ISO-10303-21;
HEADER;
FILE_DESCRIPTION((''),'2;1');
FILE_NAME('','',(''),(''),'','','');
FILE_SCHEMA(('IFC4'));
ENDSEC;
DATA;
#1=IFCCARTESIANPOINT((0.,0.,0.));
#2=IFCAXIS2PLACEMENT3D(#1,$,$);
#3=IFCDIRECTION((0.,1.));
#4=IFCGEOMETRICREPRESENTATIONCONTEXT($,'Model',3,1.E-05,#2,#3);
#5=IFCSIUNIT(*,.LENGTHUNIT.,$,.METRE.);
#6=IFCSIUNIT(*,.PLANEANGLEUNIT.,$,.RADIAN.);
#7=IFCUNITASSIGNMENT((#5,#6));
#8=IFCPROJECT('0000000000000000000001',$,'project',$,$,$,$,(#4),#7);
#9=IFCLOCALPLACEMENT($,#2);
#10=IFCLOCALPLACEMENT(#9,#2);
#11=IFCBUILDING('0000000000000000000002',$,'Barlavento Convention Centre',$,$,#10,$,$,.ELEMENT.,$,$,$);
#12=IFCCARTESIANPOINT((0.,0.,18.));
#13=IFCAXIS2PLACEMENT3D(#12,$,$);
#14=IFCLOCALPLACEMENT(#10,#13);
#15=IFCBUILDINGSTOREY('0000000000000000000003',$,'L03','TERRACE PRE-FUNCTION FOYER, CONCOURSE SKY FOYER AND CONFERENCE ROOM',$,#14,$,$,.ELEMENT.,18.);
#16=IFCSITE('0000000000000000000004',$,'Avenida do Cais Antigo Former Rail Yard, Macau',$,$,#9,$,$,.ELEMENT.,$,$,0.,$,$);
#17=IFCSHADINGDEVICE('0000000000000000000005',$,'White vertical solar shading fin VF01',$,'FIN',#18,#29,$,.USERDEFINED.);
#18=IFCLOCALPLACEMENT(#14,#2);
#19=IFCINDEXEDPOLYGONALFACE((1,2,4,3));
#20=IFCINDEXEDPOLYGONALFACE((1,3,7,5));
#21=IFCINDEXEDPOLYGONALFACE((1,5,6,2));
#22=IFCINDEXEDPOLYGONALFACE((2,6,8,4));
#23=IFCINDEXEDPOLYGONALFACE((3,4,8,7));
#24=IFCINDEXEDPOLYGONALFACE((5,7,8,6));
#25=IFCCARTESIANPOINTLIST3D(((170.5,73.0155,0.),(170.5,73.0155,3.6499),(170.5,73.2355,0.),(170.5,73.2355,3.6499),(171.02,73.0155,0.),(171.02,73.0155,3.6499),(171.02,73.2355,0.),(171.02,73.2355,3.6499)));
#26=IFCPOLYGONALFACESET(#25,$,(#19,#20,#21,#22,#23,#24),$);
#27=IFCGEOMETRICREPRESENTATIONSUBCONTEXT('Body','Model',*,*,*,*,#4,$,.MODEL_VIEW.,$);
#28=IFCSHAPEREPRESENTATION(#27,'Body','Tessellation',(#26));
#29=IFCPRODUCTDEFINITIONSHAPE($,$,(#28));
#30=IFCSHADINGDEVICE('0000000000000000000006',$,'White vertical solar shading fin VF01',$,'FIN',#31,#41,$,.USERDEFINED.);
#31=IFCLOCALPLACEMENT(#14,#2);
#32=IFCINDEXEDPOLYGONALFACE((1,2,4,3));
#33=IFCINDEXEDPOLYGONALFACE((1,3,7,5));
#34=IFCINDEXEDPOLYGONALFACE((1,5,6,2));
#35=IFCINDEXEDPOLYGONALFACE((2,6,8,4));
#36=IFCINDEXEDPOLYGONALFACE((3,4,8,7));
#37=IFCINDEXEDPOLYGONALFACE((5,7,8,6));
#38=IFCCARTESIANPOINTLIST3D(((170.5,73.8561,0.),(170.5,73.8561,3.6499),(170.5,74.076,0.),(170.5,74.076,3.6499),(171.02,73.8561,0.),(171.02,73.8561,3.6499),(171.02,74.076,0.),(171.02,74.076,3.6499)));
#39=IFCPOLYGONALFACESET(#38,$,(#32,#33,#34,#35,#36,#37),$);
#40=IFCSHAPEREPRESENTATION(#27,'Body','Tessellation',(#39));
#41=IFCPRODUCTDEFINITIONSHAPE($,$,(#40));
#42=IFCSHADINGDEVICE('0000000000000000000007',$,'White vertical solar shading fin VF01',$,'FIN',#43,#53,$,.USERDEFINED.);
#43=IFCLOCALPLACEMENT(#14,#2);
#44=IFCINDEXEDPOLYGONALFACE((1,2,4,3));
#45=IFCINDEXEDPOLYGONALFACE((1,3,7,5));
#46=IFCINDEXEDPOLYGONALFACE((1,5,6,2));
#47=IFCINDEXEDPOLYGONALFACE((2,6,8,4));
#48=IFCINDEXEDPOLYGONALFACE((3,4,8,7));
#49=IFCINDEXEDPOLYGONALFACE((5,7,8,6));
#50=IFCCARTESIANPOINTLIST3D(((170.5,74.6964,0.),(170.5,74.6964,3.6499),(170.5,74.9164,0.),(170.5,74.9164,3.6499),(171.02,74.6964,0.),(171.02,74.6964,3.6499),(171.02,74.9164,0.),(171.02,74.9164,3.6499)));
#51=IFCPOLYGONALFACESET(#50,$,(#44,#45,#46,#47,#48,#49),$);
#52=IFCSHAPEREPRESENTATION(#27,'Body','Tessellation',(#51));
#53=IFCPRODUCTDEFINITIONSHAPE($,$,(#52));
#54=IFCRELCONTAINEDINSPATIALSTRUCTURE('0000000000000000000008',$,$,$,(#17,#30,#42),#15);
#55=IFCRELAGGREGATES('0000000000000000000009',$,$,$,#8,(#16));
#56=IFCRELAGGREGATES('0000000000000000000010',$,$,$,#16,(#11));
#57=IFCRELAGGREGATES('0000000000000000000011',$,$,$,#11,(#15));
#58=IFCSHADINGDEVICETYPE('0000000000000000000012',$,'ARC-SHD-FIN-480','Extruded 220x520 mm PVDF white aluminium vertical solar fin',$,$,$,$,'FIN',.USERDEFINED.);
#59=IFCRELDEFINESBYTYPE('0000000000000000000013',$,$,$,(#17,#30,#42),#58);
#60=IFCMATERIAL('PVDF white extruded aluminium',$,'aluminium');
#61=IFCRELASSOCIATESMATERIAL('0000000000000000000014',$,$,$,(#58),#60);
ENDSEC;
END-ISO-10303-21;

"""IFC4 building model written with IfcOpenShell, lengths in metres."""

from ifc_helpers import new_model, si_unit, direction, frame, origin, origin_2d, place, context, subcontext, project, spatial, rectangle, extrude, material, type_object, element, save


model = new_model("IFC4")

# Units and contexts
model_context = context("Model", 3, precision=1e-05, world=origin(), true_north=direction((0.0, 1.0)))
body_context = subcontext(model_context, "Body", "Model", "MODEL_VIEW")
ifc_project = project(units=[si_unit("LENGTHUNIT", "METRE"), si_unit("PLANEANGLEUNIT", "RADIAN")], contexts=[model_context])

# Site, building, storey
site_placement = place(None, origin())
site = spatial("IfcSite", under=ifc_project, at=site_placement, Name="Avenida do Cais Antigo Former Rail Yard, Macau", CompositionType="ELEMENT", RefElevation=0.0)
building_placement = place(site_placement, origin())
building = spatial("IfcBuilding", under=site, at=building_placement, Name="Barlavento Convention Centre", CompositionType="ELEMENT")
storey_placement = place(building_placement, frame((0.0, 0.0, 18.0)))
storey = spatial("IfcBuildingStorey", under=building, at=storey_placement, Name="L03", Description="TERRACE PRE-FUNCTION FOYER, CONCOURSE SKY FOYER AND CONFERENCE ROOM", CompositionType="ELEMENT", Elevation=18.0)

# Shading devices
ifc_material_1 = material(Name="PVDF white extruded aluminium", Category="aluminium")
shading_device_type = type_object("IfcShadingDeviceType", Name="ARC-SHD-FIN-480", Description="Extruded 220x520 mm PVDF white aluminium vertical solar fin", ElementType="FIN", PredefinedType="USERDEFINED", material=ifc_material_1)
for number, where, z_axis, x_axis, name in (
    (1, (170.76, 73.1255, 0.0), (0.0, 0.0, 1.0), (0.0, 1.0, 0.0), "White vertical solar shading fin VF01"),
    (2, (170.76, 73.9661, 0.0), (0.0, 0.0, 1.0), (0.0, 1.0, 0.0), "White vertical solar shading fin VF01"),
    (3, (170.76, 74.8064, 0.0), (0.0, 0.0, 1.0), (0.0, 1.0, 0.0), "White vertical solar shading fin VF01"),
):
    element("IfcShadingDevice", number, at=place(storey_placement, frame(where, z_axis=z_axis, x_axis=x_axis)), inside=storey, type_object=shading_device_type, Name=name, ObjectType="FIN", PredefinedType="USERDEFINED", context=body_context, shape_type="SweptSolid", body=[
        extrude(rectangle(XDim=0.22, YDim=0.52, at=origin_2d()), origin(), (0.0, 0.0, 1.0), 3.6499),
    ])

save(model, "model.ifc")
